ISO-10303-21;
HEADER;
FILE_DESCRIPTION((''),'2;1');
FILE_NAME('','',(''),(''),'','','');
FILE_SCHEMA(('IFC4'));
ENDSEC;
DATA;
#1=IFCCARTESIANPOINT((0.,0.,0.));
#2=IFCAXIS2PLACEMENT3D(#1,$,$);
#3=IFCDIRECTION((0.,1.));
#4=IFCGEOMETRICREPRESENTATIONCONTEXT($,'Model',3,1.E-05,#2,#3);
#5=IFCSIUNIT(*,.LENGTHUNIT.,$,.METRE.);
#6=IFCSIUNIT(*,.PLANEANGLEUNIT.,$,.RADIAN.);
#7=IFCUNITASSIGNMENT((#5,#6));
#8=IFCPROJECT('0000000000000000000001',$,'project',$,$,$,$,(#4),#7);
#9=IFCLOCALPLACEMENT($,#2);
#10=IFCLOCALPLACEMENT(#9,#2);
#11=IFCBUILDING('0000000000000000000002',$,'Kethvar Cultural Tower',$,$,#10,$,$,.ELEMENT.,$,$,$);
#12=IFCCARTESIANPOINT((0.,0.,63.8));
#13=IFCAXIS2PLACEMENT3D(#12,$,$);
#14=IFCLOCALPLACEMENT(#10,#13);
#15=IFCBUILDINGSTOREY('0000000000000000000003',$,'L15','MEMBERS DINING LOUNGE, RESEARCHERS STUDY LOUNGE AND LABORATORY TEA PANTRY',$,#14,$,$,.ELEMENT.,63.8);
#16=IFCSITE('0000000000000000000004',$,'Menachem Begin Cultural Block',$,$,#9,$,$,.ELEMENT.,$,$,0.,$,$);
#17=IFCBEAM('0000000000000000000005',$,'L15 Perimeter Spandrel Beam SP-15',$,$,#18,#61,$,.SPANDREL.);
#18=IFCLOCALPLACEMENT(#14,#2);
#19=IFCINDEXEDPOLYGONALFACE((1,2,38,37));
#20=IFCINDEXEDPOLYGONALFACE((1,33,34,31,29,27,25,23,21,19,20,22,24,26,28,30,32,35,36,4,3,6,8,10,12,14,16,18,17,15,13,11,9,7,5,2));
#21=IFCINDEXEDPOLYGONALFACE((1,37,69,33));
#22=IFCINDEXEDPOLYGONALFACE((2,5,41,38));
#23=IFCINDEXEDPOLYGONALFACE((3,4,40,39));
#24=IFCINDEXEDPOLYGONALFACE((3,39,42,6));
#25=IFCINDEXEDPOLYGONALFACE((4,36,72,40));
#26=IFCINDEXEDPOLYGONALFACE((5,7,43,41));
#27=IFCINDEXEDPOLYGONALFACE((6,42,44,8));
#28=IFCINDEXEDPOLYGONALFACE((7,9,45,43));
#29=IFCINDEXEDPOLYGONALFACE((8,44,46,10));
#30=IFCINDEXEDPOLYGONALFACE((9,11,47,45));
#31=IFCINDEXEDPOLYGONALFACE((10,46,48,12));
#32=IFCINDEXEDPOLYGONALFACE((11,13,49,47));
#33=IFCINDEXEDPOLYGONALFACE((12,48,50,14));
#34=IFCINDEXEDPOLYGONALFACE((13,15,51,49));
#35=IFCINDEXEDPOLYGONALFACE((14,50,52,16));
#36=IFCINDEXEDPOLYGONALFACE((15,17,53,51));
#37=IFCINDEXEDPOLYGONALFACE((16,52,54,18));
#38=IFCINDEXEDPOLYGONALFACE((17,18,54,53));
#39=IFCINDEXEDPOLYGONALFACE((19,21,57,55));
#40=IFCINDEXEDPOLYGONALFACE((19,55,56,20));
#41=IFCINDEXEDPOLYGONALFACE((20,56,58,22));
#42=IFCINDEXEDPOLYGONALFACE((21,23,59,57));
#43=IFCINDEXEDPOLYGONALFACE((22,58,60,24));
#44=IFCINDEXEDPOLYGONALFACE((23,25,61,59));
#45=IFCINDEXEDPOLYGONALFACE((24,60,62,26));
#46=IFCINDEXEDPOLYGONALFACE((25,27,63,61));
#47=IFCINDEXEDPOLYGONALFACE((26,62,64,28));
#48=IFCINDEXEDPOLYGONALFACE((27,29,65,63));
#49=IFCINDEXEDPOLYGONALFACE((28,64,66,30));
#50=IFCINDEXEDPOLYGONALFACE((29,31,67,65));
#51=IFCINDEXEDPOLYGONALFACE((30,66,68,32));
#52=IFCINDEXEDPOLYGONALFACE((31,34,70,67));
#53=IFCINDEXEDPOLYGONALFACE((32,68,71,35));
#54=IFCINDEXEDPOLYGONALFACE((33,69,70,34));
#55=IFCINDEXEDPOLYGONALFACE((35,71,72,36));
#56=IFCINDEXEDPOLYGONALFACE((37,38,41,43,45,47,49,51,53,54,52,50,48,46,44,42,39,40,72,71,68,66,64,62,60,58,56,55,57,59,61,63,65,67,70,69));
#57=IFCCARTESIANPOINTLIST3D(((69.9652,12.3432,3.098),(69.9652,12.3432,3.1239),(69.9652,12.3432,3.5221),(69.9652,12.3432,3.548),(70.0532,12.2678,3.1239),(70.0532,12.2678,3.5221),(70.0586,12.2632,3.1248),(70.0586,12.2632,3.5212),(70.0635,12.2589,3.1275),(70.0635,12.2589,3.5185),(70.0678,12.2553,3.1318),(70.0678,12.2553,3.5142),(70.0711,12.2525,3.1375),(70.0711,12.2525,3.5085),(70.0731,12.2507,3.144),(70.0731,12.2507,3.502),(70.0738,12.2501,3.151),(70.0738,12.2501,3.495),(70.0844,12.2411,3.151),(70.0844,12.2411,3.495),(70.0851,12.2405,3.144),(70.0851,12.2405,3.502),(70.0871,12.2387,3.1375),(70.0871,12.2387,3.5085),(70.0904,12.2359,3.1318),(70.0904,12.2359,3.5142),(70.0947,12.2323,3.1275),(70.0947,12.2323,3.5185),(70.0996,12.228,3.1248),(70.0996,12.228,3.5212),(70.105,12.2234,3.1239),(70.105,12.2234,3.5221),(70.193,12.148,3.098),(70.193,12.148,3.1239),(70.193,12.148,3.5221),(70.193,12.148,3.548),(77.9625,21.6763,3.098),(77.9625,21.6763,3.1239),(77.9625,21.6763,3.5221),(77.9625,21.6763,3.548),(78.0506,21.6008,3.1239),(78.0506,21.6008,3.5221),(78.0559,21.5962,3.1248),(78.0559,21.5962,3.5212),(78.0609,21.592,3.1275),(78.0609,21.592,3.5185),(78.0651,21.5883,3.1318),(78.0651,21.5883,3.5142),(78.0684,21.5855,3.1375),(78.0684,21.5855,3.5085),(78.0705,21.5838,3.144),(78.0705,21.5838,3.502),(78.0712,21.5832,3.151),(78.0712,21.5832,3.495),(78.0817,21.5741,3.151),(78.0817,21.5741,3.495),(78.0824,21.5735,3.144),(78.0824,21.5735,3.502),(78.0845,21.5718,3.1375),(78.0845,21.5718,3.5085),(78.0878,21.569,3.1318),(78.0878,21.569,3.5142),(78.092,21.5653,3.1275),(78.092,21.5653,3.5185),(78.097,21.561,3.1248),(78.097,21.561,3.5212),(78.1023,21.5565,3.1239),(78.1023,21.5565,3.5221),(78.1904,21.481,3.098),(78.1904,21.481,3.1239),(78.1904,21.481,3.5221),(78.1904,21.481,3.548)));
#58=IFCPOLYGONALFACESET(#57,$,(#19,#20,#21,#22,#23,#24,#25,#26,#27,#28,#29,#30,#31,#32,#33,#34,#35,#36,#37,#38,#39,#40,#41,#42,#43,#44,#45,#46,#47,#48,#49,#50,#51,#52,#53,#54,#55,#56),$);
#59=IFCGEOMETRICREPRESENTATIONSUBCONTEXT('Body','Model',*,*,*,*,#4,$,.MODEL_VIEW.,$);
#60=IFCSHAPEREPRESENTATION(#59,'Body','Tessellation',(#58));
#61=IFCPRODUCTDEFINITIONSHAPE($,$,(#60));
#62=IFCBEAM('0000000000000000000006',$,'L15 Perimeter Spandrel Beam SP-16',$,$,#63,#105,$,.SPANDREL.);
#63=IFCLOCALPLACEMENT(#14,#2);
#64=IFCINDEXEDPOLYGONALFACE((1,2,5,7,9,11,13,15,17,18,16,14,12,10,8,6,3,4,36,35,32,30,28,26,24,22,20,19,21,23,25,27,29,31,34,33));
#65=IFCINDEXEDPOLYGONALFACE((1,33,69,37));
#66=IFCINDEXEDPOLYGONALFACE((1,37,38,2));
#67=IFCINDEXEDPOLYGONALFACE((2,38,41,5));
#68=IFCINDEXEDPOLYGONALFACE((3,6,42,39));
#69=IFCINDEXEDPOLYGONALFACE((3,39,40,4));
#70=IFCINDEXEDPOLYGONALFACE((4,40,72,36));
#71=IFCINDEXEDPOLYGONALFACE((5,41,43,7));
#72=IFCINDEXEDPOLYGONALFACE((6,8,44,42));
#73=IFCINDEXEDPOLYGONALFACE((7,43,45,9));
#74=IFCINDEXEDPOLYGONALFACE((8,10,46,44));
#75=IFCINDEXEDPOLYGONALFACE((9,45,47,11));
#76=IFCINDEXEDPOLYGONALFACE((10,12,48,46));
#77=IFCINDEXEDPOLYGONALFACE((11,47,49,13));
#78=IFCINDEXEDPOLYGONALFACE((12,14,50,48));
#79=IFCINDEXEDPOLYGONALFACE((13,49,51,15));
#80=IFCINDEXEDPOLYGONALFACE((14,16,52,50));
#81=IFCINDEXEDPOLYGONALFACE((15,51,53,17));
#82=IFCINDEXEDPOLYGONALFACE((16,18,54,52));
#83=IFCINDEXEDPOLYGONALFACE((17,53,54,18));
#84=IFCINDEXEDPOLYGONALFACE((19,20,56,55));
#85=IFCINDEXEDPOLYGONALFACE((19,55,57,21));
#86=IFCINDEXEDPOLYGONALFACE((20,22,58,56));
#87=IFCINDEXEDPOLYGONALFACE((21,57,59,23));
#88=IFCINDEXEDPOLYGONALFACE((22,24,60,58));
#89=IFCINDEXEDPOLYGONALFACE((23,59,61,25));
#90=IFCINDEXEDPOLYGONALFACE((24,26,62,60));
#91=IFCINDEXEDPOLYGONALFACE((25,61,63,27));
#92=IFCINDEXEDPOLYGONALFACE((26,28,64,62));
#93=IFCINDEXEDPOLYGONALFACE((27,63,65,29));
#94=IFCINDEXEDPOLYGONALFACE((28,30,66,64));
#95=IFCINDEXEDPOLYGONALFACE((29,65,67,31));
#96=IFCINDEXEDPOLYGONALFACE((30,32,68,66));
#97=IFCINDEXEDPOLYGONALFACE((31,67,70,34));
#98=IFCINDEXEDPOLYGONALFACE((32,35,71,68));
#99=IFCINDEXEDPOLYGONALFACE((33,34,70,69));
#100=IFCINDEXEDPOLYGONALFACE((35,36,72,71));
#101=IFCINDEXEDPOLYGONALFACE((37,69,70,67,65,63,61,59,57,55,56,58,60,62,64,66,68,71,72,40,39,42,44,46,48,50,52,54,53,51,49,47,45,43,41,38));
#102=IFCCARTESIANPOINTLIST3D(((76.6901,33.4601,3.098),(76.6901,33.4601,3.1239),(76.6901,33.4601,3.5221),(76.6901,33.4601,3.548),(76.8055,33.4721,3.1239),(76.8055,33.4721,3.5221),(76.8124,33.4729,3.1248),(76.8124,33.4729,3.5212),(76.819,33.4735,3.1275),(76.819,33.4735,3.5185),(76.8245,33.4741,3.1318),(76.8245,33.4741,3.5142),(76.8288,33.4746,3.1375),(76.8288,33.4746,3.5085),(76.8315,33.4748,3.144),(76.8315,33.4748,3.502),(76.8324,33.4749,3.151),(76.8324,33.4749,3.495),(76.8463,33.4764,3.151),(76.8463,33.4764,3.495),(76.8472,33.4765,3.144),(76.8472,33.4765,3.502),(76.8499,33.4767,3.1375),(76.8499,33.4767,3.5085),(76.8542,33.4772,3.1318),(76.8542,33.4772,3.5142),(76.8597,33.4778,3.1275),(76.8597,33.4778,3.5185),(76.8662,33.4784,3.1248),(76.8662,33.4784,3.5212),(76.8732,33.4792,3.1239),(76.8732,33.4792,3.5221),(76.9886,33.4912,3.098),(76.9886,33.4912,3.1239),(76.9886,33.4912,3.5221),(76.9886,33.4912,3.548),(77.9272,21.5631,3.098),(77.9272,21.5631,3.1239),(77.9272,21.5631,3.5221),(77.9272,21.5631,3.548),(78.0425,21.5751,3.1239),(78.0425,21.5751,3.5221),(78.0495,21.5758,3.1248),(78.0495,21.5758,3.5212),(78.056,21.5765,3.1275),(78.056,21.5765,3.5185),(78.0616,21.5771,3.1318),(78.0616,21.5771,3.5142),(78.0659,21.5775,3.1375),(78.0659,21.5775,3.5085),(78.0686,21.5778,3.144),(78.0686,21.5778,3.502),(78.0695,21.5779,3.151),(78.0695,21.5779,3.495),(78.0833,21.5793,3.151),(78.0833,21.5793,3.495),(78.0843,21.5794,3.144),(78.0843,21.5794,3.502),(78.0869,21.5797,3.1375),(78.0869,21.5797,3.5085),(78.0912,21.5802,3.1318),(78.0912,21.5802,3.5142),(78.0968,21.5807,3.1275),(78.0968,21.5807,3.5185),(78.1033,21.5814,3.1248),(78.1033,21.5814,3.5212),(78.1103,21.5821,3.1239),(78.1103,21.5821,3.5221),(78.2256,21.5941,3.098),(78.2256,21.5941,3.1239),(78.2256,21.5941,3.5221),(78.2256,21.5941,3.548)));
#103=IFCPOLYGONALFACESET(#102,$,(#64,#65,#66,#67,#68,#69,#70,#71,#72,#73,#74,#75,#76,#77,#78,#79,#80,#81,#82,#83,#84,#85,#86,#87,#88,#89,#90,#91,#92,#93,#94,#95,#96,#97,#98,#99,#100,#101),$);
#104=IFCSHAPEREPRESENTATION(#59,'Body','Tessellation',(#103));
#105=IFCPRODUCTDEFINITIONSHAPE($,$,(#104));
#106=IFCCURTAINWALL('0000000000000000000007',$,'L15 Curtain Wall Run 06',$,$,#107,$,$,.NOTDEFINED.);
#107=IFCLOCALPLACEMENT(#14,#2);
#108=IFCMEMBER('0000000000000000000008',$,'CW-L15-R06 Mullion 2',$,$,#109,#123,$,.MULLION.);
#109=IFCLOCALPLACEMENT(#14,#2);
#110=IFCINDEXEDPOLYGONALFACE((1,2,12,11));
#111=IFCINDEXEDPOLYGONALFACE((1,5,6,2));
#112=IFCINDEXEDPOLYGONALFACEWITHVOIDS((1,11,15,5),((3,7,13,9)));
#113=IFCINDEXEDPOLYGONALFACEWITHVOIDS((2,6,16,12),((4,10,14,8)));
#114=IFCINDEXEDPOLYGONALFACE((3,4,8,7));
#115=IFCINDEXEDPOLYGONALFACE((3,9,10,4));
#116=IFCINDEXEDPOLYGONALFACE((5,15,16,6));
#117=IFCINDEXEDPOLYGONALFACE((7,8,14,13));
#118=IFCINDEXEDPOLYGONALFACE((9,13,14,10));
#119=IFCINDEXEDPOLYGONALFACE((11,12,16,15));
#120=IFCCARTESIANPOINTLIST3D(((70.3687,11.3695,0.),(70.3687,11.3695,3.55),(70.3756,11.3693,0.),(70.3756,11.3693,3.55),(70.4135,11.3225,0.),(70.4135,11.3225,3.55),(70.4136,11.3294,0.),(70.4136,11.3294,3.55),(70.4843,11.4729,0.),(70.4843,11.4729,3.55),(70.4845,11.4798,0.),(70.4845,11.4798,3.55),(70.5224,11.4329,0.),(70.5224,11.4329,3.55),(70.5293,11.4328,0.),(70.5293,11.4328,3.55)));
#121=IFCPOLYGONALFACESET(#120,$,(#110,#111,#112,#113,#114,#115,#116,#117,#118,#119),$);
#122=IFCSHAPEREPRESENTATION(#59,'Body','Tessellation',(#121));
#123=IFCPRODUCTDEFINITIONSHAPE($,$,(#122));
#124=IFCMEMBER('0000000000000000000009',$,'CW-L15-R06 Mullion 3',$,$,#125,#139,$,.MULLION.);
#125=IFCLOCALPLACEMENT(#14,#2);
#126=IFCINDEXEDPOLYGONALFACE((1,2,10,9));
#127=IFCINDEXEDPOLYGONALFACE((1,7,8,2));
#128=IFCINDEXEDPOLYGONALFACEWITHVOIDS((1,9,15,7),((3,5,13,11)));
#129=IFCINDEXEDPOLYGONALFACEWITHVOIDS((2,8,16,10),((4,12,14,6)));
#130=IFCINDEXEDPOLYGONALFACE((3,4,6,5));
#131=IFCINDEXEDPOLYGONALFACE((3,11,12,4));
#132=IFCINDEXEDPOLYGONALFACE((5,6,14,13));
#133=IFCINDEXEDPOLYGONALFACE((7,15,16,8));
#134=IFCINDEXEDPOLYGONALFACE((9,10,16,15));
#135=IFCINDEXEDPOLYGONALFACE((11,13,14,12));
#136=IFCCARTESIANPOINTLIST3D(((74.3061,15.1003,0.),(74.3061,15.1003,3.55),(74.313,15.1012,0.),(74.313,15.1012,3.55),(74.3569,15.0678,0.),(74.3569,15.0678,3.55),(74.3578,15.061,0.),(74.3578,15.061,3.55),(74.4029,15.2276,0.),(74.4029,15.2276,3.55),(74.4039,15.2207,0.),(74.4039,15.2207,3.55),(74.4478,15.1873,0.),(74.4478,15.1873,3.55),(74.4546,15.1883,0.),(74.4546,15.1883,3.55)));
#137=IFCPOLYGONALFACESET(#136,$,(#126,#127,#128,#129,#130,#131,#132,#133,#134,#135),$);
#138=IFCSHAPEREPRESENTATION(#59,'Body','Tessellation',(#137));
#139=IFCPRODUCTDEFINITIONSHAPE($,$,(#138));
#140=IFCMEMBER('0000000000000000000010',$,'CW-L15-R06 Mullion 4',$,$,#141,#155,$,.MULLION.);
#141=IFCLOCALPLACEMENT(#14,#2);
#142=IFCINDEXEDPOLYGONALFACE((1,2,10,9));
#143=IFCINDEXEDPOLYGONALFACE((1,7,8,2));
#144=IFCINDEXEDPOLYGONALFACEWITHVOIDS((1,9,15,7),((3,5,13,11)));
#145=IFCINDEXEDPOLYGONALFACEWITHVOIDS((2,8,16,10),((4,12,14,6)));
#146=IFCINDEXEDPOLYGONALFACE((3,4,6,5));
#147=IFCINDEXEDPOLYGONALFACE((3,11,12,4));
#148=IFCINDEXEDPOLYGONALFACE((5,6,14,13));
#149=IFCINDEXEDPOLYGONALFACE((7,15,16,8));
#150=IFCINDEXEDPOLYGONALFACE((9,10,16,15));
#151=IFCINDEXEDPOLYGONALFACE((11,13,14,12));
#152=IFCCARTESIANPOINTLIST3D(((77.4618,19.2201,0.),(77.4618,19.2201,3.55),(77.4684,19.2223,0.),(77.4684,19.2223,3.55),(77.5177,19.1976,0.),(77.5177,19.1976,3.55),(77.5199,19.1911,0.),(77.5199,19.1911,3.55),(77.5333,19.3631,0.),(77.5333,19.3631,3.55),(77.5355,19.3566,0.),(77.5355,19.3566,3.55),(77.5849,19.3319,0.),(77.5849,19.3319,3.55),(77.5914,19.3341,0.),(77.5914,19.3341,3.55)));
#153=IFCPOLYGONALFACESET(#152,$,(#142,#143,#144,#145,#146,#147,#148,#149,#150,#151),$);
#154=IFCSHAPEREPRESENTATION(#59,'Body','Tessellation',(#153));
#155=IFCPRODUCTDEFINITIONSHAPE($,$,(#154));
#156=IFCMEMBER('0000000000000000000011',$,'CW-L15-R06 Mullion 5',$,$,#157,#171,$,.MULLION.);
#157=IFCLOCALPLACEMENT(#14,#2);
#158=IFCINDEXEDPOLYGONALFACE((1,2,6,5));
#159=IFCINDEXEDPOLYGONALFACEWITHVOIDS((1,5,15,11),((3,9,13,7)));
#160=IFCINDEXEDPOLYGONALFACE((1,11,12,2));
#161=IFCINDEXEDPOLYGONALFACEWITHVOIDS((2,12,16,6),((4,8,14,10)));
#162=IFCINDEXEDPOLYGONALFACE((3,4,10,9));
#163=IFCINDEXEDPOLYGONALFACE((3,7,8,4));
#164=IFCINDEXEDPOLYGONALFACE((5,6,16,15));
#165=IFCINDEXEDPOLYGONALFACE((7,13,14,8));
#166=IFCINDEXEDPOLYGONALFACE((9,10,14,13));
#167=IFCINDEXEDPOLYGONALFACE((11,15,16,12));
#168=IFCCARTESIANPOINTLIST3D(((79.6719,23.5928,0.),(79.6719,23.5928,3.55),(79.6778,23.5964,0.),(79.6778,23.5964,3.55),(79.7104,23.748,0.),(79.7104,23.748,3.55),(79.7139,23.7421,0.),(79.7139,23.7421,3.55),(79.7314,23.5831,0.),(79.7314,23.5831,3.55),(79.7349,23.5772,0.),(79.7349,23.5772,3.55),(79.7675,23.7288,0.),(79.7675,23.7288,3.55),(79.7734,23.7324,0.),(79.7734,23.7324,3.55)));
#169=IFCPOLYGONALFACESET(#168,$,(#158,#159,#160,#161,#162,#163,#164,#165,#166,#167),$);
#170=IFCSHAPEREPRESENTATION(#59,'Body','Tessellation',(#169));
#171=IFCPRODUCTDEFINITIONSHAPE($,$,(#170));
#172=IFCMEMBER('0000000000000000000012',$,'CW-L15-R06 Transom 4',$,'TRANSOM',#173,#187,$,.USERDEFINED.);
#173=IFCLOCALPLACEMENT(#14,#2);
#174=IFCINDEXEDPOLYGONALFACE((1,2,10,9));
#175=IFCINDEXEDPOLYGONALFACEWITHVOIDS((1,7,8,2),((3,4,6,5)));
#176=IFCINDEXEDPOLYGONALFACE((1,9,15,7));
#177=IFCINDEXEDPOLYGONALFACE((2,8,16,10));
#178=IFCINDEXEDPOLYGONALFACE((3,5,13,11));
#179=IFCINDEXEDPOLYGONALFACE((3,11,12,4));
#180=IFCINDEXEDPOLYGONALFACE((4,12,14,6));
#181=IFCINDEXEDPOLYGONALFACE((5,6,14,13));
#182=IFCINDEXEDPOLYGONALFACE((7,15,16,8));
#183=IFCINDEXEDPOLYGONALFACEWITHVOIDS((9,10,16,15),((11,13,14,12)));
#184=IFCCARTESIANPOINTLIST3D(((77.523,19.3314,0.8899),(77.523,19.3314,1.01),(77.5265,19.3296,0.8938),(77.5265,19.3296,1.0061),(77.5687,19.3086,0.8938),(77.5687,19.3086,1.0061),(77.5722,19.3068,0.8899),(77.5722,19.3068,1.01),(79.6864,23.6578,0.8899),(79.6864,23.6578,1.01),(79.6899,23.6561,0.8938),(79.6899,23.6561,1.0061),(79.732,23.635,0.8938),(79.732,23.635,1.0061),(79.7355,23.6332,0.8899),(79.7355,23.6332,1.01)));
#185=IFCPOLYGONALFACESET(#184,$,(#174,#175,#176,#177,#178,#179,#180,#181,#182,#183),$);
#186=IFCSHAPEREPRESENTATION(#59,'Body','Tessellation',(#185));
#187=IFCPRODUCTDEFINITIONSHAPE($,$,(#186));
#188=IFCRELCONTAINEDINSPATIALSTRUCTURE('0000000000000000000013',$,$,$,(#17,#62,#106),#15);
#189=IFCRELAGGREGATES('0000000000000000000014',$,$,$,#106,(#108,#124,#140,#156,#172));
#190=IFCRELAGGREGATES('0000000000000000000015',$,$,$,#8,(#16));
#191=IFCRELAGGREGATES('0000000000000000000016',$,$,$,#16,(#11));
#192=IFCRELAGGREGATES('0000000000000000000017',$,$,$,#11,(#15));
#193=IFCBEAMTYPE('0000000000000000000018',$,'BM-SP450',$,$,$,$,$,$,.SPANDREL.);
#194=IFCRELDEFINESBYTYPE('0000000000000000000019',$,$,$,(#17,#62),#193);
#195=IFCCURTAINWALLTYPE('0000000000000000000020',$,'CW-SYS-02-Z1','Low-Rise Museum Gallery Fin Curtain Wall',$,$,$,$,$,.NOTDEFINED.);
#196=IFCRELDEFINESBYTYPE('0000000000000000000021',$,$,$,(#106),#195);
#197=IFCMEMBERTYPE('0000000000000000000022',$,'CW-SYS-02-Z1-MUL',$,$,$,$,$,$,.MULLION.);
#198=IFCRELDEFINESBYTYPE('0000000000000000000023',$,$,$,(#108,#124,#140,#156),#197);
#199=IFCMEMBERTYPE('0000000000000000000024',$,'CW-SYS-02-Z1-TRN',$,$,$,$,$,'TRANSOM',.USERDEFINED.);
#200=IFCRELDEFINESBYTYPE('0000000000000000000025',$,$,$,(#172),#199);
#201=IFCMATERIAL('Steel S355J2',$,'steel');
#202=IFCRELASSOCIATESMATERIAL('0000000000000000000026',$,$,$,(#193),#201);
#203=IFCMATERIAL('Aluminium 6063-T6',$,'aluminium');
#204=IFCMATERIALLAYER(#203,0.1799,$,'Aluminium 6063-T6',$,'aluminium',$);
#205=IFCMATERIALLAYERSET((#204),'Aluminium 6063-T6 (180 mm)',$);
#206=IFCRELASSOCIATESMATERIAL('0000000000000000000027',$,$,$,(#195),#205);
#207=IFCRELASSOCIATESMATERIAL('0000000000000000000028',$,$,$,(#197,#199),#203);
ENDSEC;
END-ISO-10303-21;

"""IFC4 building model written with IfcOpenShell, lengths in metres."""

from ifc_helpers import new_model, si_unit, direction, frame, origin, origin_2d, place, context, subcontext, project, spatial, hollow_rectangle, i_section, extrude, source, transform, mapped, material, layer, layer_set, material_profile, profile_set, type_object, element, aggregate, save


model = new_model("IFC4")

# Units and contexts
model_context = context("Model", 3, precision=1e-05, world=origin(), true_north=direction((0.0, 1.0)))
body_context = subcontext(model_context, "Body", "Model", "MODEL_VIEW")
ifc_project = project(units=[si_unit("LENGTHUNIT", "METRE"), si_unit("PLANEANGLEUNIT", "RADIAN")], contexts=[model_context])

# Site, building, storey
site_placement = place(None, origin())
site = spatial("IfcSite", under=ifc_project, at=site_placement, Name="Menachem Begin Cultural Block", CompositionType="ELEMENT", RefElevation=0.0)
building_placement = place(site_placement, origin())
building = spatial("IfcBuilding", under=site, at=building_placement, Name="Kethvar Cultural Tower", CompositionType="ELEMENT")
storey_placement = place(building_placement, frame((0.0, 0.0, 63.8)))
storey = spatial("IfcBuildingStorey", under=building, at=storey_placement, Name="L15", Description="MEMBERS DINING LOUNGE, RESEARCHERS STUDY LOUNGE AND LABORATORY TEA PANTRY", CompositionType="ELEMENT", Elevation=63.8)

# Beams
ifc_material_1 = material(Name="Steel S355J2", Category="steel")
ifc_material_profile_1 = material_profile(ifc_material_1, i_section(OverallWidth=0.3, OverallDepth=0.45, WebThickness=0.0139, FlangeThickness=0.0259, FilletRadius=0.0271, at=origin_2d()), Name="Steel S355J2 — HEB450")
ifc_profile_set_1 = profile_set([ifc_material_profile_1], Name="Steel S355J2 — HEB450")
beam_type_1 = type_object("IfcBeamType", Name="BM-SP450", PredefinedType="SPANDREL", material=ifc_profile_set_1)
shared_shape_1 = source(origin(), body_context, "Body", "SweptSolid", [
    extrude(i_section(OverallWidth=0.3, OverallDepth=0.45, WebThickness=0.0139, FlangeThickness=0.0259, FilletRadius=0.0271, at=origin_2d()), origin(), (0.0, 0.0, 1.0), 12.2908),
])
beam_1_placement = place(storey_placement, frame((70.0791, 12.2456, 3.323), z_axis=(0.650678, 0.759353, 0.0), x_axis=(-0.759353, 0.650678, 0.0)))
element("IfcBeam", 1, at=beam_1_placement, inside=storey, type_object=beam_type_1, Name="L15 Perimeter Spandrel Beam SP-15", PredefinedType="SPANDREL", context=body_context, shape_type="MappedRepresentation", body=[
    mapped(shared_shape_1, transform((0.0, 0.0, 0.0), scale=1.0)),
])
shared_shape_2 = source(origin(), body_context, "Body", "SweptSolid", [
    extrude(i_section(OverallWidth=0.3, OverallDepth=0.45, WebThickness=0.0139, FlangeThickness=0.0259, FilletRadius=0.0271, at=origin_2d()), origin(), (0.0, 0.0, 1.0), 11.9612),
])
beam_2_placement = place(storey_placement, frame((78.0764, 21.5786, 3.323), z_axis=(-0.103424, 0.994637, 0.0), x_axis=(-0.994637, -0.103424, 0.0)))
element("IfcBeam", 2, at=beam_2_placement, inside=storey, type_object=beam_type_1, Name="L15 Perimeter Spandrel Beam SP-16", PredefinedType="SPANDREL", context=body_context, shape_type="MappedRepresentation", body=[
    mapped(shared_shape_2, transform((0.0, 0.0, 0.0), scale=1.0)),
])

# Curtain wall, members
ifc_material_2 = material(Name="Aluminium 6063-T6", Category="aluminium")
ifc_layer_1 = layer(ifc_material_2, 0.1799, Name="Aluminium 6063-T6", Category="aluminium")
ifc_layer_set_1 = layer_set([ifc_layer_1], Name="Aluminium 6063-T6 (180 mm)")
curtain_wall_type = type_object("IfcCurtainWallType", Name="CW-SYS-02-Z1", Description="Low-Rise Museum Gallery Fin Curtain Wall", PredefinedType="NOTDEFINED", material=ifc_layer_set_1)
curtain_wall_placement = place(storey_placement, origin())
curtain_wall = element("IfcCurtainWall", 3, at=curtain_wall_placement, inside=storey, type_object=curtain_wall_type, Name="L15 Curtain Wall Run 06", PredefinedType="NOTDEFINED")
ifc_material_profile_2 = material_profile(ifc_material_2, hollow_rectangle(XDim=0.0649, YDim=0.1599, WallThickness=0.0049, at=origin_2d()), Name="Aluminium 6063-T6 — RHS160x65x5")
ifc_profile_set_2 = profile_set([ifc_material_profile_2], Name="Aluminium 6063-T6 — RHS160x65x5")
member_type_1 = type_object("IfcMemberType", Name="CW-SYS-02-Z1-MUL", PredefinedType="MULLION", material=ifc_profile_set_2)
shared_shape_3 = source(origin(), body_context, "Body", "SweptSolid", [
    extrude(hollow_rectangle(XDim=0.0649, YDim=0.1599, WallThickness=0.0049, at=origin_2d()), origin(), (0.0, 0.0, 1.0), 3.55),
])
member_1_placement = place(storey_placement, frame((70.449, 11.4011, 0.0), z_axis=(0.0, 0.0, 1.0), x_axis=(-0.689759, 0.724039, 0.0)))
member_1 = element("IfcMember", 4, at=member_1_placement, type_object=member_type_1, Name="CW-L15-R06 Mullion 2", PredefinedType="MULLION", context=body_context, shape_type="MappedRepresentation", body=[
    mapped(shared_shape_3, transform((0.0, 0.0, 0.0), scale=1.0)),
])
member_2_placement = place(storey_placement, frame((74.3804, 15.1443, 0.0), z_axis=(0.0, 0.0, 1.0), x_axis=(-0.795917, 0.605405, 0.0)))
member_2 = element("IfcMember", 5, at=member_2_placement, type_object=member_type_1, Name="CW-L15-R06 Mullion 3", PredefinedType="MULLION", context=body_context, shape_type="MappedRepresentation", body=[
    mapped(shared_shape_3, transform((0.0, 0.0, 0.0), scale=1.0)),
])
member_3_placement = place(storey_placement, frame((77.5266, 19.2771, 0.0), z_axis=(0.0, 0.0, 1.0), x_axis=(-0.89442, 0.447228, 0.0)))
member_3 = element("IfcMember", 6, at=member_3_placement, type_object=member_type_1, Name="CW-L15-R06 Mullion 4", PredefinedType="MULLION", context=body_context, shape_type="MappedRepresentation", body=[
    mapped(shared_shape_3, transform((0.0, 0.0, 0.0), scale=1.0)),
])
member_4_placement = place(storey_placement, frame((79.7227, 23.6626, 0.0), z_axis=(0.0, 0.0, 1.0), x_axis=(-0.970628, 0.240584, 0.0)))
member_4 = element("IfcMember", 7, at=member_4_placement, type_object=member_type_1, Name="CW-L15-R06 Mullion 5", PredefinedType="MULLION", context=body_context, shape_type="MappedRepresentation", body=[
    mapped(shared_shape_3, transform((0.0, 0.0, 0.0), scale=1.0)),
])
ifc_material_profile_3 = material_profile(ifc_material_2, hollow_rectangle(XDim=0.0549, YDim=0.1201, WallThickness=0.0039, at=origin_2d()), Name="Aluminium 6063-T6 — RHS120x55x4")
ifc_profile_set_3 = profile_set([ifc_material_profile_3], Name="Aluminium 6063-T6 — RHS120x55x4")
member_type_2 = type_object("IfcMemberType", Name="CW-SYS-02-Z1-TRN", ElementType="TRANSOM", PredefinedType="USERDEFINED", material=ifc_profile_set_3)
shared_shape_4 = source(origin(), body_context, "Body", "SweptSolid", [
    extrude(hollow_rectangle(XDim=0.0549, YDim=0.1201, WallThickness=0.0039, at=origin_2d()), origin(), (0.0, 0.0, 1.0), 4.8372),
])
member_5_placement = place(storey_placement, frame((77.5476, 19.3191, 0.95), z_axis=(0.447234, 0.894417, 0.0), x_axis=(-0.894417, 0.447234, 0.0)))
member_5 = element("IfcMember", 8, at=member_5_placement, type_object=member_type_2, Name="CW-L15-R06 Transom 4", ObjectType="TRANSOM", PredefinedType="USERDEFINED", context=body_context, shape_type="MappedRepresentation", body=[
    mapped(shared_shape_4, transform((0.0, 0.0, 0.0), scale=1.0)),
])
aggregate(curtain_wall, [member_1, member_2, member_3, member_4, member_5])

save(model, "model.ifc")
